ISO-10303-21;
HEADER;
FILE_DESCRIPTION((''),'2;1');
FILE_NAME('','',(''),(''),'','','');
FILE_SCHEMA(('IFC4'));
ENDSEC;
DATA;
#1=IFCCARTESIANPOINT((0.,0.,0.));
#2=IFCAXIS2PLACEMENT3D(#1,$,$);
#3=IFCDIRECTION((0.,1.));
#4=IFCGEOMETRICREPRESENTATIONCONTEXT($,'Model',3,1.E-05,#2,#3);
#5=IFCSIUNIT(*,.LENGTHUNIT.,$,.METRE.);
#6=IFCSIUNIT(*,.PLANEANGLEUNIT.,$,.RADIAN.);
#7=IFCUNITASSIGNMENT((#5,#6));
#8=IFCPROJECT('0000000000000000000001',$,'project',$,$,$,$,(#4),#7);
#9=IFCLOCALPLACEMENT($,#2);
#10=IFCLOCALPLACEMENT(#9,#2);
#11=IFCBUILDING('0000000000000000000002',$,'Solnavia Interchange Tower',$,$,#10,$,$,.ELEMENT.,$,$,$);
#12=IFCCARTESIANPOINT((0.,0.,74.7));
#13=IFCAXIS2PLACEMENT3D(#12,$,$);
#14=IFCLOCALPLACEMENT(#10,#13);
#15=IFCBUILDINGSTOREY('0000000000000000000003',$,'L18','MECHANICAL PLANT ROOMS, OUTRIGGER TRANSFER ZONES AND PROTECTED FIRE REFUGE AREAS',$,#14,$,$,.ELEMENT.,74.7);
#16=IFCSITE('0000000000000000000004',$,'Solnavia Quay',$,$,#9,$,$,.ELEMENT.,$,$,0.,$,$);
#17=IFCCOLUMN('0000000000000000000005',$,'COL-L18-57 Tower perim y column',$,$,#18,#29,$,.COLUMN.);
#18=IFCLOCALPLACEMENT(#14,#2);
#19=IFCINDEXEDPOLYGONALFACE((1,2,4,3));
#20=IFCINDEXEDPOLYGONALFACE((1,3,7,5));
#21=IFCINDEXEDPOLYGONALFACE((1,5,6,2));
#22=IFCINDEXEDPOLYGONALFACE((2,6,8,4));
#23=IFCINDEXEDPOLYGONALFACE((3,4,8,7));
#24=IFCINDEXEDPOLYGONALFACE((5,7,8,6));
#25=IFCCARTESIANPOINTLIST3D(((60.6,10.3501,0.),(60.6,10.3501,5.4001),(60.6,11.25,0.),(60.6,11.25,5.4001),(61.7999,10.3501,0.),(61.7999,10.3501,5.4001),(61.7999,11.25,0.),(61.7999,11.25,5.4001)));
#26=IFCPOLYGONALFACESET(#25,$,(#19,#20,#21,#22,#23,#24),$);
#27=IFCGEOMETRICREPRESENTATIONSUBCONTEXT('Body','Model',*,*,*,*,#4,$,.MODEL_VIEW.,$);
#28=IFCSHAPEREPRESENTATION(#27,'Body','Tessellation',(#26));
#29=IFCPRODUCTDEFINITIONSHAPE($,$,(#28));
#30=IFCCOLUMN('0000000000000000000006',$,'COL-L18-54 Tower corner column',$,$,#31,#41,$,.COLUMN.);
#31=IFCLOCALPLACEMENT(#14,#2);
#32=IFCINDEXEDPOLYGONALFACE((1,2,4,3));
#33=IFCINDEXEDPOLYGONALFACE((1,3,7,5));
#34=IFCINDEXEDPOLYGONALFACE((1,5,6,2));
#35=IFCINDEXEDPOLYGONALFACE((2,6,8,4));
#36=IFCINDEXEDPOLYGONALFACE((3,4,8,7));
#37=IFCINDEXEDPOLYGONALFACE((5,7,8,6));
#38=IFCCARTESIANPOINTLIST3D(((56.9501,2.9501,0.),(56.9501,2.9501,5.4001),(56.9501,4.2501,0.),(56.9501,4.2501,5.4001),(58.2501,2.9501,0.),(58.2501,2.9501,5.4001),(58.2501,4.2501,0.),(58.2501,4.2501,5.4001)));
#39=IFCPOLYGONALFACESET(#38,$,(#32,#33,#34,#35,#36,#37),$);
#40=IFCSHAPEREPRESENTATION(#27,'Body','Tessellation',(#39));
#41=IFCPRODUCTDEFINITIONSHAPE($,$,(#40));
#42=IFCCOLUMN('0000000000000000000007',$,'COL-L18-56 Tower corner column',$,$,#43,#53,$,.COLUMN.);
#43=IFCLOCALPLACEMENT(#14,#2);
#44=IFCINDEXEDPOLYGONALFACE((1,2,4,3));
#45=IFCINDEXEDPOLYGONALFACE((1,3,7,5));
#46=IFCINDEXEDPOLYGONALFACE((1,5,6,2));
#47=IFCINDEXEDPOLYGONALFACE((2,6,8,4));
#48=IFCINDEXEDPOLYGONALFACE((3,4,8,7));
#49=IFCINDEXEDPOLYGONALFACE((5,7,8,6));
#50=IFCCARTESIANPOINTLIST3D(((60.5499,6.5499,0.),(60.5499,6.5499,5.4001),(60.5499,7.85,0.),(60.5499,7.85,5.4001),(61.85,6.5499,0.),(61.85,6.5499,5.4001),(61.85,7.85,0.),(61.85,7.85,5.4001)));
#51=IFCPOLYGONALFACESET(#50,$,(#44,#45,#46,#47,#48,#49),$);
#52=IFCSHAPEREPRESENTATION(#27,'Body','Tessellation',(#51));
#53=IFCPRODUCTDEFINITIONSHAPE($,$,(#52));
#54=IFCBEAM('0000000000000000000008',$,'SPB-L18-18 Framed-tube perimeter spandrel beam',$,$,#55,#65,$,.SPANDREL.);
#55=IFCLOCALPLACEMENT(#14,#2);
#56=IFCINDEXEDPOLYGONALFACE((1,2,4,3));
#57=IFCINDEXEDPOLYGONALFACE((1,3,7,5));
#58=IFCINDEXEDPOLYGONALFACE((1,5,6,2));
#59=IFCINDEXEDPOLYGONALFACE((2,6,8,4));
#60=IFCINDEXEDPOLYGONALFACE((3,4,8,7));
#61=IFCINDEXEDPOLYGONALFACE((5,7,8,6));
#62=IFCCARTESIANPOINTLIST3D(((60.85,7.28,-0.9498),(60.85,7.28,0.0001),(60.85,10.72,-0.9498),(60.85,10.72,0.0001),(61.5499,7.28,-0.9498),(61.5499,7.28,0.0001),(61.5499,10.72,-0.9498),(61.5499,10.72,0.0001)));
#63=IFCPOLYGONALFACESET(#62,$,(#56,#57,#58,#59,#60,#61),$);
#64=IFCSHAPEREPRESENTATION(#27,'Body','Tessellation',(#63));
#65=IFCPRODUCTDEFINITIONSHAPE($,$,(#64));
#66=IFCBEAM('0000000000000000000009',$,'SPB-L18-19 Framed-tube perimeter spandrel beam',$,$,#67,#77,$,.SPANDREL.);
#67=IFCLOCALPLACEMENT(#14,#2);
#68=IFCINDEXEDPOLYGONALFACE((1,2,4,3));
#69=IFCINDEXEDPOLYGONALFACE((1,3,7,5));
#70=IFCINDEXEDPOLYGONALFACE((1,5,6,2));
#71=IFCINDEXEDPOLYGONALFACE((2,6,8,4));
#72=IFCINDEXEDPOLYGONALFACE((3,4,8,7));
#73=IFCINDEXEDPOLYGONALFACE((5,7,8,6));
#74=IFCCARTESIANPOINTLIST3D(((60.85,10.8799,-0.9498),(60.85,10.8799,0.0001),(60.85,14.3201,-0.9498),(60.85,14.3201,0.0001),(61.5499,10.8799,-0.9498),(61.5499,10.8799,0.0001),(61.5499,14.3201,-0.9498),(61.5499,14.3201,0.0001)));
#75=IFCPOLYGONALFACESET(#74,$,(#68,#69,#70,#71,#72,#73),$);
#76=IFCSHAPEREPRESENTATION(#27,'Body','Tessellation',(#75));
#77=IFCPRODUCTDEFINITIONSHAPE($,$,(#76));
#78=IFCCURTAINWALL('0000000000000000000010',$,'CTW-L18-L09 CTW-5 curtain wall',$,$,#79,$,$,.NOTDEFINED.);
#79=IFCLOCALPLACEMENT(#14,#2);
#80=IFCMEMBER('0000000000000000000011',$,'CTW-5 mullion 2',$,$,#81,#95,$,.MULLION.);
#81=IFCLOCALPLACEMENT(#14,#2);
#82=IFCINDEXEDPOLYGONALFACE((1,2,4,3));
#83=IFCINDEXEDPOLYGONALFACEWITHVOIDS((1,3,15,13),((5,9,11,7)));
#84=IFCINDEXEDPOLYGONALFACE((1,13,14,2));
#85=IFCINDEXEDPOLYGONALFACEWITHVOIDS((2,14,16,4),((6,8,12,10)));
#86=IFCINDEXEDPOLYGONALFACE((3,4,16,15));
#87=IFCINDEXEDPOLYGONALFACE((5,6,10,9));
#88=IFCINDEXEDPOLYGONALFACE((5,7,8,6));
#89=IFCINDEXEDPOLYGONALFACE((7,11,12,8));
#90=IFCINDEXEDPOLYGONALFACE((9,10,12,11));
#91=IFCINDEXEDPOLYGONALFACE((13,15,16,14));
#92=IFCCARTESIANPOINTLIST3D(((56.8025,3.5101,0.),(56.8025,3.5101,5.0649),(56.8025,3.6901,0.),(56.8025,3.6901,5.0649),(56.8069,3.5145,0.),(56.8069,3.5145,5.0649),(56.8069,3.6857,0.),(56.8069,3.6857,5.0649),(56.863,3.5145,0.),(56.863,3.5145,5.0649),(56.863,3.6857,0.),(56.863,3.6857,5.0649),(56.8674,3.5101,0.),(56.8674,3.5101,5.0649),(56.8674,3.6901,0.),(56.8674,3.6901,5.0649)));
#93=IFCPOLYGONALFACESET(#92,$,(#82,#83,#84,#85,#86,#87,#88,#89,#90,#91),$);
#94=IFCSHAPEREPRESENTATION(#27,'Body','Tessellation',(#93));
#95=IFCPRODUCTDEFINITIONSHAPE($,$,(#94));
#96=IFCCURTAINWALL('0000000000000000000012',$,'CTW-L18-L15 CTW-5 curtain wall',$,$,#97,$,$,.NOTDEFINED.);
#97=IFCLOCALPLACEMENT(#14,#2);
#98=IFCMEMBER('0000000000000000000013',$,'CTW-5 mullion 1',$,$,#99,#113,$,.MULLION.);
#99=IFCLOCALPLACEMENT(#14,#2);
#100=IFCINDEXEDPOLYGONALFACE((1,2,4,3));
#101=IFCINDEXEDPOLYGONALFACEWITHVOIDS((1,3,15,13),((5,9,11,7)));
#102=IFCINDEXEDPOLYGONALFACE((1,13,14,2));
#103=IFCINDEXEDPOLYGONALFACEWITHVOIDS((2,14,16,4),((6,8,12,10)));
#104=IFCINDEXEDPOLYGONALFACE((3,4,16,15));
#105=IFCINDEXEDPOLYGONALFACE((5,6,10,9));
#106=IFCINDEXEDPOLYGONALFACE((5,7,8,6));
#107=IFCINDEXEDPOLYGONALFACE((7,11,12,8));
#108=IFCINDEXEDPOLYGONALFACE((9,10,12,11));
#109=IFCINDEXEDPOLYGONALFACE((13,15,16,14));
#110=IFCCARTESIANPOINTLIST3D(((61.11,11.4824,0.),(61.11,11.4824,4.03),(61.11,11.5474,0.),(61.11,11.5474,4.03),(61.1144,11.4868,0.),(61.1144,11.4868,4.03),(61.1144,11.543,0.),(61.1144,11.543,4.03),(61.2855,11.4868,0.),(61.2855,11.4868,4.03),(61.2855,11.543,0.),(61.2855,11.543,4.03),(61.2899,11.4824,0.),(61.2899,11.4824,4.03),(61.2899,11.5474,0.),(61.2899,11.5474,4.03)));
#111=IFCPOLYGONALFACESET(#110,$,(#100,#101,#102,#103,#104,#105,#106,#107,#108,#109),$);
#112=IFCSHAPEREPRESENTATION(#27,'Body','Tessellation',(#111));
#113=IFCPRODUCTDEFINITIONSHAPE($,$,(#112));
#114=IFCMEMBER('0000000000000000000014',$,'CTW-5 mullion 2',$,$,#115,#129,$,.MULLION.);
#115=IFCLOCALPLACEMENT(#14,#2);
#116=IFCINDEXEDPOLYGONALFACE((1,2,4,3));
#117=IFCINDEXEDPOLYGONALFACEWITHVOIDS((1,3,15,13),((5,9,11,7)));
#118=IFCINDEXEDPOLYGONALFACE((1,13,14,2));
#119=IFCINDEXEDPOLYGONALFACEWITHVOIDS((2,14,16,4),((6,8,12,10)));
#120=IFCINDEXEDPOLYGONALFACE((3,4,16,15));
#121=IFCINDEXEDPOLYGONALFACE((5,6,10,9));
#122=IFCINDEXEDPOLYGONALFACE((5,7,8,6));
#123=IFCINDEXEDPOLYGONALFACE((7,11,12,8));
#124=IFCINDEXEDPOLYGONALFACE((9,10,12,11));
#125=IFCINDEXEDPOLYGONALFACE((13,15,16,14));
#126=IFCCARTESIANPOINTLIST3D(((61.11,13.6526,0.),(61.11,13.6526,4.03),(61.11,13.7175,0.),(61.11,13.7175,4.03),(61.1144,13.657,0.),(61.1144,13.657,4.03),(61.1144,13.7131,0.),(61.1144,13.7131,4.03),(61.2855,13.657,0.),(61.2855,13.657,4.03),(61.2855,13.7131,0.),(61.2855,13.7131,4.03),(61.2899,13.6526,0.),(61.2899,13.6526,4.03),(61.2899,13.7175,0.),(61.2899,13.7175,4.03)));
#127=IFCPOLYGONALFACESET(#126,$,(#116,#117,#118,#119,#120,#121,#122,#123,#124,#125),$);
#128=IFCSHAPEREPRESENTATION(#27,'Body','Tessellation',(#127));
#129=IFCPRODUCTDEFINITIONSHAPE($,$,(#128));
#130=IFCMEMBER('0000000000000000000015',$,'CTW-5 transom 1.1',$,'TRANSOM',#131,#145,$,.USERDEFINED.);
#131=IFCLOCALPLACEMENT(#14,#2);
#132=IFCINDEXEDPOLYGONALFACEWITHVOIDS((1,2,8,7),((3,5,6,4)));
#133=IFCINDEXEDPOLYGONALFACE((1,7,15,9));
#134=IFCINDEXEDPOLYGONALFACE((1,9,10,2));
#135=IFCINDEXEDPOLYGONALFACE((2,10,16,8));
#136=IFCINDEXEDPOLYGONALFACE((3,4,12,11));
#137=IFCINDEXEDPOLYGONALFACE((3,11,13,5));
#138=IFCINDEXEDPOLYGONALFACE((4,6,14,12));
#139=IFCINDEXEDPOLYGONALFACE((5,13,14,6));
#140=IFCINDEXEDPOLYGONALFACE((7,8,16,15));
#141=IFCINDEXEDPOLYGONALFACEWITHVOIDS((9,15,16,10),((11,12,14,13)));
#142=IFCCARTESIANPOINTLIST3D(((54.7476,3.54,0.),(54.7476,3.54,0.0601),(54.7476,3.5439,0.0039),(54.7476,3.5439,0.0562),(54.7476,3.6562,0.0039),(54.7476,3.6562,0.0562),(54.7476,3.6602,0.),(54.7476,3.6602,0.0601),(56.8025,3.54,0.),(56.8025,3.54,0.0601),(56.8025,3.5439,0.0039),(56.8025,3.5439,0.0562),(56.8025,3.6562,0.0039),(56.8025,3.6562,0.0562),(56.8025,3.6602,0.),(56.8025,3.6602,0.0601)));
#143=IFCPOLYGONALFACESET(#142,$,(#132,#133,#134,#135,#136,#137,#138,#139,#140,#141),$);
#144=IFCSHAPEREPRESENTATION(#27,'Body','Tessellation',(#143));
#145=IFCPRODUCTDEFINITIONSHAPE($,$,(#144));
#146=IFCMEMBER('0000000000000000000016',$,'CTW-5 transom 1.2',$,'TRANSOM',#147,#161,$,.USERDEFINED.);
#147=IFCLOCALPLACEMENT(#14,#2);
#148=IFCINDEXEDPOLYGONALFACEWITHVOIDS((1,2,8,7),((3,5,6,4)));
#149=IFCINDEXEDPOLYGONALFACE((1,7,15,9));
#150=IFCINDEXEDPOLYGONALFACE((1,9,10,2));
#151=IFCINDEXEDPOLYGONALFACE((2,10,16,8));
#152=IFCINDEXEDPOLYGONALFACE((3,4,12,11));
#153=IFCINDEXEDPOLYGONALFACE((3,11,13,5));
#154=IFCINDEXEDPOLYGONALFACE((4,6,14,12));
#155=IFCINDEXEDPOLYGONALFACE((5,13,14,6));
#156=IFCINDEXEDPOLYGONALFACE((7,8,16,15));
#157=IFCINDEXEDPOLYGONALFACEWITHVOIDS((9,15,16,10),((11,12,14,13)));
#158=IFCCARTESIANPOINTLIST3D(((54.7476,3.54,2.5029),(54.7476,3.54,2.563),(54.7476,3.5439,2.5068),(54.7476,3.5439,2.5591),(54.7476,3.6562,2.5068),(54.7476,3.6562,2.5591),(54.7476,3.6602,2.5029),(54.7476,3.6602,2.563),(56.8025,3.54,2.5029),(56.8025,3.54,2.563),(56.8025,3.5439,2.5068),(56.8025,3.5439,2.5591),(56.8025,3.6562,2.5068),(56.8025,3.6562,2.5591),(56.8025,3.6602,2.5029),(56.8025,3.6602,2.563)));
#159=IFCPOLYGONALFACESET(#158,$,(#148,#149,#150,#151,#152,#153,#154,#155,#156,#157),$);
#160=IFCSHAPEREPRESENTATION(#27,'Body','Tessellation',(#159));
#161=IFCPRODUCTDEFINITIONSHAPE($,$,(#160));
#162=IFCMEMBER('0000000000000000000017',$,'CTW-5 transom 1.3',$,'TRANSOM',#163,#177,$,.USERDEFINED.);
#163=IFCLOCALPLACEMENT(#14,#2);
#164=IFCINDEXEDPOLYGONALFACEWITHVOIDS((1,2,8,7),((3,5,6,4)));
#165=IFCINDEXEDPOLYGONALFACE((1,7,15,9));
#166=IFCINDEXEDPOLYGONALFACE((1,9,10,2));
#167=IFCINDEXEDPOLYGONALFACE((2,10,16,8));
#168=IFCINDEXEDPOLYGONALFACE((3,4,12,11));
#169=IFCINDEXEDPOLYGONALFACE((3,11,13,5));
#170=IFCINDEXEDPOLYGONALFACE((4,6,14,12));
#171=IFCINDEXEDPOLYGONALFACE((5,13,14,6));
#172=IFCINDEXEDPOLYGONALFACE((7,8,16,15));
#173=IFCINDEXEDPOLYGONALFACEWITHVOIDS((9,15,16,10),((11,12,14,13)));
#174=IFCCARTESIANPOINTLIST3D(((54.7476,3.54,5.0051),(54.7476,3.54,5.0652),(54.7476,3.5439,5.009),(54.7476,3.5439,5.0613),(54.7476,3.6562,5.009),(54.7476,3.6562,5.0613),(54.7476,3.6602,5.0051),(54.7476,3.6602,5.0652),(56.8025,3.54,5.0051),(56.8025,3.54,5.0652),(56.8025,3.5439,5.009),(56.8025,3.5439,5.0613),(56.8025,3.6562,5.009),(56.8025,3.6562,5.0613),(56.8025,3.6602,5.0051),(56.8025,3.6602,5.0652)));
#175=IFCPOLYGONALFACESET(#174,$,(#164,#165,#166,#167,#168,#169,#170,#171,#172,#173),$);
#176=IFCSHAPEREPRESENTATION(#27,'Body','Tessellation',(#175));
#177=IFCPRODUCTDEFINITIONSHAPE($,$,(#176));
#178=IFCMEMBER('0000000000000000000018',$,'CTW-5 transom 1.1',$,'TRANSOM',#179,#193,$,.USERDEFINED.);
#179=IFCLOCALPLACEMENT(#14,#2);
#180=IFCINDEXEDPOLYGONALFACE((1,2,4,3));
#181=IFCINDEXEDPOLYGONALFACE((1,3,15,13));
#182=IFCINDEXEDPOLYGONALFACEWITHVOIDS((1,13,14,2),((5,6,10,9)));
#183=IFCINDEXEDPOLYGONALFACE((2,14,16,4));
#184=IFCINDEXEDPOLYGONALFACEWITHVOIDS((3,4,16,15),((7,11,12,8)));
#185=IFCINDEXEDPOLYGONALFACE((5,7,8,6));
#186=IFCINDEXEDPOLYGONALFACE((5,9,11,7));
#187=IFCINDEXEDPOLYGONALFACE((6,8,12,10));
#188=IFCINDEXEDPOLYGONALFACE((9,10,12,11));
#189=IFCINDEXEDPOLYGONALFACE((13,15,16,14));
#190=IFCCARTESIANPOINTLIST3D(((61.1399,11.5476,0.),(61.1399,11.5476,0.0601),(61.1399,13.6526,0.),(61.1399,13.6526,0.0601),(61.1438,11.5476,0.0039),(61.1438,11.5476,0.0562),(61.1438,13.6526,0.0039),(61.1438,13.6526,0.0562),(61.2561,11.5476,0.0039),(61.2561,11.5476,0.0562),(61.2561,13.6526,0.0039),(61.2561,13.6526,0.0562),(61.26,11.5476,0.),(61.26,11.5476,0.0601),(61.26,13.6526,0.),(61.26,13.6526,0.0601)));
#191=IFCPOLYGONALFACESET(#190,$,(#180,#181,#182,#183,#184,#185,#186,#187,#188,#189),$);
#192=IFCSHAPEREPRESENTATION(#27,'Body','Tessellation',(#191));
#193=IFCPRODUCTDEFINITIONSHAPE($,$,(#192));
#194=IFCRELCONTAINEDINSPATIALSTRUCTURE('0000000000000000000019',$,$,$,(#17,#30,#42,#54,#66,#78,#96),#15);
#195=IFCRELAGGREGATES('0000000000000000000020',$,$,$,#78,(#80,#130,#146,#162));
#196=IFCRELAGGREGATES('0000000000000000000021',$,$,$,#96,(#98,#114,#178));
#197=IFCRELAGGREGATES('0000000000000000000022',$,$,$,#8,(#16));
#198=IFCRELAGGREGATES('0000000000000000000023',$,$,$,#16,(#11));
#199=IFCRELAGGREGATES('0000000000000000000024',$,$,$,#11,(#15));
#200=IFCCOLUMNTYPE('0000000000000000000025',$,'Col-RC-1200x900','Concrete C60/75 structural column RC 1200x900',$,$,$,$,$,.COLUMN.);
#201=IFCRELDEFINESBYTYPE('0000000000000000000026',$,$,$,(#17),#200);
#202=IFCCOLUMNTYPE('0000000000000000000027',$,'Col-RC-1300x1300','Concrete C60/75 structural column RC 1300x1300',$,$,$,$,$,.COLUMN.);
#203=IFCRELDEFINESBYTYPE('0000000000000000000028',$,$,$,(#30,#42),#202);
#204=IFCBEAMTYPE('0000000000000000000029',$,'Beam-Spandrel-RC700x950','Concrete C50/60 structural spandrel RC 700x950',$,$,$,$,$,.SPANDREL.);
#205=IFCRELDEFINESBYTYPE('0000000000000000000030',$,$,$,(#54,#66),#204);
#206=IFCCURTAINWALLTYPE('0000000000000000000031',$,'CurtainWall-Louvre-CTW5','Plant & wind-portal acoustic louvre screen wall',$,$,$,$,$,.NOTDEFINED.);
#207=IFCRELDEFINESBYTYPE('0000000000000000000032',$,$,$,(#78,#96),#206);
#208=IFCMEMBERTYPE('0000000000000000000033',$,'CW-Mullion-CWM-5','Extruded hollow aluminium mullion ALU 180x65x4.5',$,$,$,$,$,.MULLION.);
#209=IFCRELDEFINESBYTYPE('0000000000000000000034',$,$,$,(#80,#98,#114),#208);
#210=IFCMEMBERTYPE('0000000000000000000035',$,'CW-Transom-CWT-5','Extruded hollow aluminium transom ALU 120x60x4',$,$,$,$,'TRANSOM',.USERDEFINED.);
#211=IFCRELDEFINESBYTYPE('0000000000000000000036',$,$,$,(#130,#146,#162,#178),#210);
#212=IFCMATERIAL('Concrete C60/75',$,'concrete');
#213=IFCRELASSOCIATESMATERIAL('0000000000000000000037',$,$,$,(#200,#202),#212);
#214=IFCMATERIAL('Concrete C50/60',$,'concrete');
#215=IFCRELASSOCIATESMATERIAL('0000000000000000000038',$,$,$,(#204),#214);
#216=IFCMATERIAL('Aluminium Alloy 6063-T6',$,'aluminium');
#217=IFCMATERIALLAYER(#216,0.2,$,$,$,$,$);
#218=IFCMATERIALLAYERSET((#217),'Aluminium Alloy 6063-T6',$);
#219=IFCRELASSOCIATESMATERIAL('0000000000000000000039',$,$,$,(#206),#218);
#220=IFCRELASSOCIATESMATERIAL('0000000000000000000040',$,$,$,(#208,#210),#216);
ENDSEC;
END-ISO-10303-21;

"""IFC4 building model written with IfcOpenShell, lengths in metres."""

from ifc_helpers import new_model, si_unit, direction, frame, origin, origin_2d, place, context, subcontext, project, spatial, rectangle, hollow_rectangle, extrude, material, layer, layer_set, material_profile, profile_set, type_object, element, aggregate, save


model = new_model("IFC4")

# Units and contexts
model_context = context("Model", 3, precision=1e-05, world=origin(), true_north=direction((0.0, 1.0)))
body_context = subcontext(model_context, "Body", "Model", "MODEL_VIEW")
ifc_project = project(units=[si_unit("LENGTHUNIT", "METRE"), si_unit("PLANEANGLEUNIT", "RADIAN")], contexts=[model_context])

# Site, building, storey
site_placement = place(None, origin())
site = spatial("IfcSite", under=ifc_project, at=site_placement, Name="Solnavia Quay", CompositionType="ELEMENT", RefElevation=0.0)
building_placement = place(site_placement, origin())
building = spatial("IfcBuilding", under=site, at=building_placement, Name="Solnavia Interchange Tower", CompositionType="ELEMENT")
storey_placement = place(building_placement, frame((0.0, 0.0, 74.7)))
storey = spatial("IfcBuildingStorey", under=building, at=storey_placement, Name="L18", Description="MECHANICAL PLANT ROOMS, OUTRIGGER TRANSFER ZONES AND PROTECTED FIRE REFUGE AREAS", CompositionType="ELEMENT", Elevation=74.7)

# Columns
ifc_material_1 = material(Name="Concrete C60/75", Category="concrete")
ifc_material_profile_1 = material_profile(ifc_material_1, rectangle(XDim=0.8999, YDim=1.2, at=origin_2d()), Name="RC 1200x900")
ifc_profile_set_1 = profile_set([ifc_material_profile_1], Name="Concrete C60/75")
column_type_1 = type_object("IfcColumnType", Name="Col-RC-1200x900", Description="Concrete C60/75 structural column RC 1200x900", PredefinedType="COLUMN", material=ifc_profile_set_1)
column_placement = place(storey_placement, frame((61.2, 10.8, 0.0), z_axis=(0.0, 0.0, 1.0), x_axis=(0.0, 1.0, 0.0)))
element("IfcColumn", 1, at=column_placement, inside=storey, type_object=column_type_1, Name="COL-L18-57 Tower perim y column", PredefinedType="COLUMN", context=body_context, shape_type="SweptSolid", body=[
    extrude(rectangle(XDim=0.8999, YDim=1.2, at=origin_2d()), origin(), (0.0, 0.0, 1.0), 5.4001),
])
ifc_material_profile_2 = material_profile(ifc_material_1, rectangle(XDim=1.3, YDim=1.3, at=origin_2d()), Name="RC 1300x1300")
ifc_profile_set_2 = profile_set([ifc_material_profile_2], Name="Concrete C60/75")
column_type_2 = type_object("IfcColumnType", Name="Col-RC-1300x1300", Description="Concrete C60/75 structural column RC 1300x1300", PredefinedType="COLUMN", material=ifc_profile_set_2)
for number, where, z_axis, x_axis, name in (
    (2, (57.6001, 3.6001, 0.0), (0.0, 0.0, 1.0), (1.0, 0.0, 0.0), "COL-L18-54 Tower corner column"),
    (3, (61.2, 7.2, 0.0), (0.0, 0.0, 1.0), (1.0, 0.0, 0.0), "COL-L18-56 Tower corner column"),
):
    element("IfcColumn", number, at=place(storey_placement, frame(where, z_axis=z_axis, x_axis=x_axis)), inside=storey, type_object=column_type_2, Name=name, PredefinedType="COLUMN", context=body_context, shape_type="SweptSolid", body=[
        extrude(rectangle(XDim=1.3, YDim=1.3, at=origin_2d()), origin(), (0.0, 0.0, 1.0), 5.4001),
    ])

# Beams
ifc_material_2 = material(Name="Concrete C50/60", Category="concrete")
ifc_material_profile_3 = material_profile(ifc_material_2, rectangle(XDim=0.7, YDim=0.95, at=origin_2d()), Name="RC 700x950")
ifc_profile_set_3 = profile_set([ifc_material_profile_3], Name="Concrete C50/60")
beam_type = type_object("IfcBeamType", Name="Beam-Spandrel-RC700x950", Description="Concrete C50/60 structural spandrel RC 700x950", PredefinedType="SPANDREL", material=ifc_profile_set_3)
beam_1_placement = place(storey_placement, frame((61.2, 7.28, -0.4749), z_axis=(0.0, 1.0, 0.0), x_axis=(-1.0, 0.0, 0.0)))
element("IfcBeam", 4, at=beam_1_placement, inside=storey, type_object=beam_type, Name="SPB-L18-18 Framed-tube perimeter spandrel beam", PredefinedType="SPANDREL", context=body_context, shape_type="SweptSolid", body=[
    extrude(rectangle(XDim=0.7, YDim=0.95, at=origin_2d()), origin(), (0.0, 0.0, 1.0), 3.4399),
])
beam_2_placement = place(storey_placement, frame((61.2, 10.8799, -0.4749), z_axis=(0.0, 1.0, 0.0), x_axis=(-1.0, 0.0, 0.0)))
element("IfcBeam", 5, at=beam_2_placement, inside=storey, type_object=beam_type, Name="SPB-L18-19 Framed-tube perimeter spandrel beam", PredefinedType="SPANDREL", context=body_context, shape_type="SweptSolid", body=[
    extrude(rectangle(XDim=0.7, YDim=0.95, at=origin_2d()), origin(), (0.0, 0.0, 1.0), 3.4402),
])

# Curtain wall, member
ifc_material_3 = material(Name="Aluminium Alloy 6063-T6", Category="aluminium")
ifc_layer_1 = layer(ifc_material_3, 0.2)
ifc_layer_set_1 = layer_set([ifc_layer_1], Name="Aluminium Alloy 6063-T6")
curtain_wall_type = type_object("IfcCurtainWallType", Name="CurtainWall-Louvre-CTW5", Description="Plant & wind-portal acoustic louvre screen wall", PredefinedType="NOTDEFINED", material=ifc_layer_set_1)
curtain_wall_1_placement = place(storey_placement, origin())
curtain_wall_1 = element("IfcCurtainWall", 6, at=curtain_wall_1_placement, inside=storey, type_object=curtain_wall_type, Name="CTW-L18-L09 CTW-5 curtain wall", PredefinedType="NOTDEFINED")
ifc_material_profile_4 = material_profile(ifc_material_3, hollow_rectangle(XDim=0.0649, YDim=0.1799, WallThickness=0.0044, at=origin_2d()), Name="ALU 180x65x4.5")
ifc_profile_set_4 = profile_set([ifc_material_profile_4], Name="Aluminium Alloy 6063-T6")
member_type_1 = type_object("IfcMemberType", Name="CW-Mullion-CWM-5", Description="Extruded hollow aluminium mullion ALU 180x65x4.5", PredefinedType="MULLION", material=ifc_profile_set_4)
member_1_placement = place(storey_placement, frame((56.835, 3.6001, 0.0), z_axis=(0.0, 0.0, 1.0), x_axis=(1.0, 0.0, 0.0)))
member_1 = element("IfcMember", 7, at=member_1_placement, type_object=member_type_1, Name="CTW-5 mullion 2", PredefinedType="MULLION", context=body_context, shape_type="SweptSolid", body=[
    extrude(hollow_rectangle(XDim=0.0649, YDim=0.1799, WallThickness=0.0044, at=origin_2d()), origin(), (0.0, 0.0, 1.0), 5.0649),
])

# Curtain wall, members
curtain_wall_2_placement = place(storey_placement, origin())
curtain_wall_2 = element("IfcCurtainWall", 8, at=curtain_wall_2_placement, inside=storey, type_object=curtain_wall_type, Name="CTW-L18-L15 CTW-5 curtain wall", PredefinedType="NOTDEFINED")
member_2_placement = place(storey_placement, frame((61.2, 11.5149, 0.0), z_axis=(0.0, 0.0, 1.0), x_axis=(0.0, 1.0, 0.0)))
member_2 = element("IfcMember", 9, at=member_2_placement, type_object=member_type_1, Name="CTW-5 mullion 1", PredefinedType="MULLION", context=body_context, shape_type="SweptSolid", body=[
    extrude(hollow_rectangle(XDim=0.0649, YDim=0.1799, WallThickness=0.0044, at=origin_2d()), origin(), (0.0, 0.0, 1.0), 4.03),
])
member_3_placement = place(storey_placement, frame((61.2, 13.6851, 0.0), z_axis=(0.0, 0.0, 1.0), x_axis=(0.0, 1.0, 0.0)))
member_3 = element("IfcMember", 10, at=member_3_placement, type_object=member_type_1, Name="CTW-5 mullion 2", PredefinedType="MULLION", context=body_context, shape_type="SweptSolid", body=[
    extrude(hollow_rectangle(XDim=0.0649, YDim=0.1799, WallThickness=0.0044, at=origin_2d()), origin(), (0.0, 0.0, 1.0), 4.03),
])

# Members
ifc_material_profile_5 = material_profile(ifc_material_3, hollow_rectangle(XDim=0.0601, YDim=0.1201, WallThickness=0.0039, at=origin_2d()), Name="ALU 120x60x4")
ifc_profile_set_5 = profile_set([ifc_material_profile_5], Name="Aluminium Alloy 6063-T6")
member_type_2 = type_object("IfcMemberType", Name="CW-Transom-CWT-5", Description="Extruded hollow aluminium transom ALU 120x60x4", ElementType="TRANSOM", PredefinedType="USERDEFINED", material=ifc_profile_set_5)
member_4_placement = place(storey_placement, frame((54.7476, 3.6001, 0.03), z_axis=(1.0, 0.0, 0.0), x_axis=(0.0, 0.0, 1.0)))
member_4 = element("IfcMember", 11, at=member_4_placement, type_object=member_type_2, Name="CTW-5 transom 1.1", ObjectType="TRANSOM", PredefinedType="USERDEFINED", context=body_context, shape_type="SweptSolid", body=[
    extrude(hollow_rectangle(XDim=0.0601, YDim=0.1201, WallThickness=0.0039, at=origin_2d()), origin(), (0.0, 0.0, 1.0), 2.0549),
])
member_5_placement = place(storey_placement, frame((54.7476, 3.6001, 2.533), z_axis=(1.0, 0.0, 0.0), x_axis=(0.0, 0.0, 1.0)))
member_5 = element("IfcMember", 12, at=member_5_placement, type_object=member_type_2, Name="CTW-5 transom 1.2", ObjectType="TRANSOM", PredefinedType="USERDEFINED", context=body_context, shape_type="SweptSolid", body=[
    extrude(hollow_rectangle(XDim=0.0601, YDim=0.1201, WallThickness=0.0039, at=origin_2d()), origin(), (0.0, 0.0, 1.0), 2.0549),
])
member_6_placement = place(storey_placement, frame((54.7476, 3.6001, 5.0352), z_axis=(1.0, 0.0, 0.0), x_axis=(0.0, 0.0, 1.0)))
member_6 = element("IfcMember", 13, at=member_6_placement, type_object=member_type_2, Name="CTW-5 transom 1.3", ObjectType="TRANSOM", PredefinedType="USERDEFINED", context=body_context, shape_type="SweptSolid", body=[
    extrude(hollow_rectangle(XDim=0.0601, YDim=0.1201, WallThickness=0.0039, at=origin_2d()), origin(), (0.0, 0.0, 1.0), 2.0549),
])
member_7_placement = place(storey_placement, frame((61.2, 11.5476, 0.03), z_axis=(0.0, 1.0, 0.0), x_axis=(0.0, 0.0, 1.0)))
member_7 = element("IfcMember", 14, at=member_7_placement, type_object=member_type_2, Name="CTW-5 transom 1.1", ObjectType="TRANSOM", PredefinedType="USERDEFINED", context=body_context, shape_type="SweptSolid", body=[
    extrude(hollow_rectangle(XDim=0.0601, YDim=0.1201, WallThickness=0.0039, at=origin_2d()), origin(), (0.0, 0.0, 1.0), 2.105),
])

aggregate(curtain_wall_1, [member_1, member_4, member_5, member_6])
aggregate(curtain_wall_2, [member_2, member_3, member_7])

save(model, "model.ifc")
